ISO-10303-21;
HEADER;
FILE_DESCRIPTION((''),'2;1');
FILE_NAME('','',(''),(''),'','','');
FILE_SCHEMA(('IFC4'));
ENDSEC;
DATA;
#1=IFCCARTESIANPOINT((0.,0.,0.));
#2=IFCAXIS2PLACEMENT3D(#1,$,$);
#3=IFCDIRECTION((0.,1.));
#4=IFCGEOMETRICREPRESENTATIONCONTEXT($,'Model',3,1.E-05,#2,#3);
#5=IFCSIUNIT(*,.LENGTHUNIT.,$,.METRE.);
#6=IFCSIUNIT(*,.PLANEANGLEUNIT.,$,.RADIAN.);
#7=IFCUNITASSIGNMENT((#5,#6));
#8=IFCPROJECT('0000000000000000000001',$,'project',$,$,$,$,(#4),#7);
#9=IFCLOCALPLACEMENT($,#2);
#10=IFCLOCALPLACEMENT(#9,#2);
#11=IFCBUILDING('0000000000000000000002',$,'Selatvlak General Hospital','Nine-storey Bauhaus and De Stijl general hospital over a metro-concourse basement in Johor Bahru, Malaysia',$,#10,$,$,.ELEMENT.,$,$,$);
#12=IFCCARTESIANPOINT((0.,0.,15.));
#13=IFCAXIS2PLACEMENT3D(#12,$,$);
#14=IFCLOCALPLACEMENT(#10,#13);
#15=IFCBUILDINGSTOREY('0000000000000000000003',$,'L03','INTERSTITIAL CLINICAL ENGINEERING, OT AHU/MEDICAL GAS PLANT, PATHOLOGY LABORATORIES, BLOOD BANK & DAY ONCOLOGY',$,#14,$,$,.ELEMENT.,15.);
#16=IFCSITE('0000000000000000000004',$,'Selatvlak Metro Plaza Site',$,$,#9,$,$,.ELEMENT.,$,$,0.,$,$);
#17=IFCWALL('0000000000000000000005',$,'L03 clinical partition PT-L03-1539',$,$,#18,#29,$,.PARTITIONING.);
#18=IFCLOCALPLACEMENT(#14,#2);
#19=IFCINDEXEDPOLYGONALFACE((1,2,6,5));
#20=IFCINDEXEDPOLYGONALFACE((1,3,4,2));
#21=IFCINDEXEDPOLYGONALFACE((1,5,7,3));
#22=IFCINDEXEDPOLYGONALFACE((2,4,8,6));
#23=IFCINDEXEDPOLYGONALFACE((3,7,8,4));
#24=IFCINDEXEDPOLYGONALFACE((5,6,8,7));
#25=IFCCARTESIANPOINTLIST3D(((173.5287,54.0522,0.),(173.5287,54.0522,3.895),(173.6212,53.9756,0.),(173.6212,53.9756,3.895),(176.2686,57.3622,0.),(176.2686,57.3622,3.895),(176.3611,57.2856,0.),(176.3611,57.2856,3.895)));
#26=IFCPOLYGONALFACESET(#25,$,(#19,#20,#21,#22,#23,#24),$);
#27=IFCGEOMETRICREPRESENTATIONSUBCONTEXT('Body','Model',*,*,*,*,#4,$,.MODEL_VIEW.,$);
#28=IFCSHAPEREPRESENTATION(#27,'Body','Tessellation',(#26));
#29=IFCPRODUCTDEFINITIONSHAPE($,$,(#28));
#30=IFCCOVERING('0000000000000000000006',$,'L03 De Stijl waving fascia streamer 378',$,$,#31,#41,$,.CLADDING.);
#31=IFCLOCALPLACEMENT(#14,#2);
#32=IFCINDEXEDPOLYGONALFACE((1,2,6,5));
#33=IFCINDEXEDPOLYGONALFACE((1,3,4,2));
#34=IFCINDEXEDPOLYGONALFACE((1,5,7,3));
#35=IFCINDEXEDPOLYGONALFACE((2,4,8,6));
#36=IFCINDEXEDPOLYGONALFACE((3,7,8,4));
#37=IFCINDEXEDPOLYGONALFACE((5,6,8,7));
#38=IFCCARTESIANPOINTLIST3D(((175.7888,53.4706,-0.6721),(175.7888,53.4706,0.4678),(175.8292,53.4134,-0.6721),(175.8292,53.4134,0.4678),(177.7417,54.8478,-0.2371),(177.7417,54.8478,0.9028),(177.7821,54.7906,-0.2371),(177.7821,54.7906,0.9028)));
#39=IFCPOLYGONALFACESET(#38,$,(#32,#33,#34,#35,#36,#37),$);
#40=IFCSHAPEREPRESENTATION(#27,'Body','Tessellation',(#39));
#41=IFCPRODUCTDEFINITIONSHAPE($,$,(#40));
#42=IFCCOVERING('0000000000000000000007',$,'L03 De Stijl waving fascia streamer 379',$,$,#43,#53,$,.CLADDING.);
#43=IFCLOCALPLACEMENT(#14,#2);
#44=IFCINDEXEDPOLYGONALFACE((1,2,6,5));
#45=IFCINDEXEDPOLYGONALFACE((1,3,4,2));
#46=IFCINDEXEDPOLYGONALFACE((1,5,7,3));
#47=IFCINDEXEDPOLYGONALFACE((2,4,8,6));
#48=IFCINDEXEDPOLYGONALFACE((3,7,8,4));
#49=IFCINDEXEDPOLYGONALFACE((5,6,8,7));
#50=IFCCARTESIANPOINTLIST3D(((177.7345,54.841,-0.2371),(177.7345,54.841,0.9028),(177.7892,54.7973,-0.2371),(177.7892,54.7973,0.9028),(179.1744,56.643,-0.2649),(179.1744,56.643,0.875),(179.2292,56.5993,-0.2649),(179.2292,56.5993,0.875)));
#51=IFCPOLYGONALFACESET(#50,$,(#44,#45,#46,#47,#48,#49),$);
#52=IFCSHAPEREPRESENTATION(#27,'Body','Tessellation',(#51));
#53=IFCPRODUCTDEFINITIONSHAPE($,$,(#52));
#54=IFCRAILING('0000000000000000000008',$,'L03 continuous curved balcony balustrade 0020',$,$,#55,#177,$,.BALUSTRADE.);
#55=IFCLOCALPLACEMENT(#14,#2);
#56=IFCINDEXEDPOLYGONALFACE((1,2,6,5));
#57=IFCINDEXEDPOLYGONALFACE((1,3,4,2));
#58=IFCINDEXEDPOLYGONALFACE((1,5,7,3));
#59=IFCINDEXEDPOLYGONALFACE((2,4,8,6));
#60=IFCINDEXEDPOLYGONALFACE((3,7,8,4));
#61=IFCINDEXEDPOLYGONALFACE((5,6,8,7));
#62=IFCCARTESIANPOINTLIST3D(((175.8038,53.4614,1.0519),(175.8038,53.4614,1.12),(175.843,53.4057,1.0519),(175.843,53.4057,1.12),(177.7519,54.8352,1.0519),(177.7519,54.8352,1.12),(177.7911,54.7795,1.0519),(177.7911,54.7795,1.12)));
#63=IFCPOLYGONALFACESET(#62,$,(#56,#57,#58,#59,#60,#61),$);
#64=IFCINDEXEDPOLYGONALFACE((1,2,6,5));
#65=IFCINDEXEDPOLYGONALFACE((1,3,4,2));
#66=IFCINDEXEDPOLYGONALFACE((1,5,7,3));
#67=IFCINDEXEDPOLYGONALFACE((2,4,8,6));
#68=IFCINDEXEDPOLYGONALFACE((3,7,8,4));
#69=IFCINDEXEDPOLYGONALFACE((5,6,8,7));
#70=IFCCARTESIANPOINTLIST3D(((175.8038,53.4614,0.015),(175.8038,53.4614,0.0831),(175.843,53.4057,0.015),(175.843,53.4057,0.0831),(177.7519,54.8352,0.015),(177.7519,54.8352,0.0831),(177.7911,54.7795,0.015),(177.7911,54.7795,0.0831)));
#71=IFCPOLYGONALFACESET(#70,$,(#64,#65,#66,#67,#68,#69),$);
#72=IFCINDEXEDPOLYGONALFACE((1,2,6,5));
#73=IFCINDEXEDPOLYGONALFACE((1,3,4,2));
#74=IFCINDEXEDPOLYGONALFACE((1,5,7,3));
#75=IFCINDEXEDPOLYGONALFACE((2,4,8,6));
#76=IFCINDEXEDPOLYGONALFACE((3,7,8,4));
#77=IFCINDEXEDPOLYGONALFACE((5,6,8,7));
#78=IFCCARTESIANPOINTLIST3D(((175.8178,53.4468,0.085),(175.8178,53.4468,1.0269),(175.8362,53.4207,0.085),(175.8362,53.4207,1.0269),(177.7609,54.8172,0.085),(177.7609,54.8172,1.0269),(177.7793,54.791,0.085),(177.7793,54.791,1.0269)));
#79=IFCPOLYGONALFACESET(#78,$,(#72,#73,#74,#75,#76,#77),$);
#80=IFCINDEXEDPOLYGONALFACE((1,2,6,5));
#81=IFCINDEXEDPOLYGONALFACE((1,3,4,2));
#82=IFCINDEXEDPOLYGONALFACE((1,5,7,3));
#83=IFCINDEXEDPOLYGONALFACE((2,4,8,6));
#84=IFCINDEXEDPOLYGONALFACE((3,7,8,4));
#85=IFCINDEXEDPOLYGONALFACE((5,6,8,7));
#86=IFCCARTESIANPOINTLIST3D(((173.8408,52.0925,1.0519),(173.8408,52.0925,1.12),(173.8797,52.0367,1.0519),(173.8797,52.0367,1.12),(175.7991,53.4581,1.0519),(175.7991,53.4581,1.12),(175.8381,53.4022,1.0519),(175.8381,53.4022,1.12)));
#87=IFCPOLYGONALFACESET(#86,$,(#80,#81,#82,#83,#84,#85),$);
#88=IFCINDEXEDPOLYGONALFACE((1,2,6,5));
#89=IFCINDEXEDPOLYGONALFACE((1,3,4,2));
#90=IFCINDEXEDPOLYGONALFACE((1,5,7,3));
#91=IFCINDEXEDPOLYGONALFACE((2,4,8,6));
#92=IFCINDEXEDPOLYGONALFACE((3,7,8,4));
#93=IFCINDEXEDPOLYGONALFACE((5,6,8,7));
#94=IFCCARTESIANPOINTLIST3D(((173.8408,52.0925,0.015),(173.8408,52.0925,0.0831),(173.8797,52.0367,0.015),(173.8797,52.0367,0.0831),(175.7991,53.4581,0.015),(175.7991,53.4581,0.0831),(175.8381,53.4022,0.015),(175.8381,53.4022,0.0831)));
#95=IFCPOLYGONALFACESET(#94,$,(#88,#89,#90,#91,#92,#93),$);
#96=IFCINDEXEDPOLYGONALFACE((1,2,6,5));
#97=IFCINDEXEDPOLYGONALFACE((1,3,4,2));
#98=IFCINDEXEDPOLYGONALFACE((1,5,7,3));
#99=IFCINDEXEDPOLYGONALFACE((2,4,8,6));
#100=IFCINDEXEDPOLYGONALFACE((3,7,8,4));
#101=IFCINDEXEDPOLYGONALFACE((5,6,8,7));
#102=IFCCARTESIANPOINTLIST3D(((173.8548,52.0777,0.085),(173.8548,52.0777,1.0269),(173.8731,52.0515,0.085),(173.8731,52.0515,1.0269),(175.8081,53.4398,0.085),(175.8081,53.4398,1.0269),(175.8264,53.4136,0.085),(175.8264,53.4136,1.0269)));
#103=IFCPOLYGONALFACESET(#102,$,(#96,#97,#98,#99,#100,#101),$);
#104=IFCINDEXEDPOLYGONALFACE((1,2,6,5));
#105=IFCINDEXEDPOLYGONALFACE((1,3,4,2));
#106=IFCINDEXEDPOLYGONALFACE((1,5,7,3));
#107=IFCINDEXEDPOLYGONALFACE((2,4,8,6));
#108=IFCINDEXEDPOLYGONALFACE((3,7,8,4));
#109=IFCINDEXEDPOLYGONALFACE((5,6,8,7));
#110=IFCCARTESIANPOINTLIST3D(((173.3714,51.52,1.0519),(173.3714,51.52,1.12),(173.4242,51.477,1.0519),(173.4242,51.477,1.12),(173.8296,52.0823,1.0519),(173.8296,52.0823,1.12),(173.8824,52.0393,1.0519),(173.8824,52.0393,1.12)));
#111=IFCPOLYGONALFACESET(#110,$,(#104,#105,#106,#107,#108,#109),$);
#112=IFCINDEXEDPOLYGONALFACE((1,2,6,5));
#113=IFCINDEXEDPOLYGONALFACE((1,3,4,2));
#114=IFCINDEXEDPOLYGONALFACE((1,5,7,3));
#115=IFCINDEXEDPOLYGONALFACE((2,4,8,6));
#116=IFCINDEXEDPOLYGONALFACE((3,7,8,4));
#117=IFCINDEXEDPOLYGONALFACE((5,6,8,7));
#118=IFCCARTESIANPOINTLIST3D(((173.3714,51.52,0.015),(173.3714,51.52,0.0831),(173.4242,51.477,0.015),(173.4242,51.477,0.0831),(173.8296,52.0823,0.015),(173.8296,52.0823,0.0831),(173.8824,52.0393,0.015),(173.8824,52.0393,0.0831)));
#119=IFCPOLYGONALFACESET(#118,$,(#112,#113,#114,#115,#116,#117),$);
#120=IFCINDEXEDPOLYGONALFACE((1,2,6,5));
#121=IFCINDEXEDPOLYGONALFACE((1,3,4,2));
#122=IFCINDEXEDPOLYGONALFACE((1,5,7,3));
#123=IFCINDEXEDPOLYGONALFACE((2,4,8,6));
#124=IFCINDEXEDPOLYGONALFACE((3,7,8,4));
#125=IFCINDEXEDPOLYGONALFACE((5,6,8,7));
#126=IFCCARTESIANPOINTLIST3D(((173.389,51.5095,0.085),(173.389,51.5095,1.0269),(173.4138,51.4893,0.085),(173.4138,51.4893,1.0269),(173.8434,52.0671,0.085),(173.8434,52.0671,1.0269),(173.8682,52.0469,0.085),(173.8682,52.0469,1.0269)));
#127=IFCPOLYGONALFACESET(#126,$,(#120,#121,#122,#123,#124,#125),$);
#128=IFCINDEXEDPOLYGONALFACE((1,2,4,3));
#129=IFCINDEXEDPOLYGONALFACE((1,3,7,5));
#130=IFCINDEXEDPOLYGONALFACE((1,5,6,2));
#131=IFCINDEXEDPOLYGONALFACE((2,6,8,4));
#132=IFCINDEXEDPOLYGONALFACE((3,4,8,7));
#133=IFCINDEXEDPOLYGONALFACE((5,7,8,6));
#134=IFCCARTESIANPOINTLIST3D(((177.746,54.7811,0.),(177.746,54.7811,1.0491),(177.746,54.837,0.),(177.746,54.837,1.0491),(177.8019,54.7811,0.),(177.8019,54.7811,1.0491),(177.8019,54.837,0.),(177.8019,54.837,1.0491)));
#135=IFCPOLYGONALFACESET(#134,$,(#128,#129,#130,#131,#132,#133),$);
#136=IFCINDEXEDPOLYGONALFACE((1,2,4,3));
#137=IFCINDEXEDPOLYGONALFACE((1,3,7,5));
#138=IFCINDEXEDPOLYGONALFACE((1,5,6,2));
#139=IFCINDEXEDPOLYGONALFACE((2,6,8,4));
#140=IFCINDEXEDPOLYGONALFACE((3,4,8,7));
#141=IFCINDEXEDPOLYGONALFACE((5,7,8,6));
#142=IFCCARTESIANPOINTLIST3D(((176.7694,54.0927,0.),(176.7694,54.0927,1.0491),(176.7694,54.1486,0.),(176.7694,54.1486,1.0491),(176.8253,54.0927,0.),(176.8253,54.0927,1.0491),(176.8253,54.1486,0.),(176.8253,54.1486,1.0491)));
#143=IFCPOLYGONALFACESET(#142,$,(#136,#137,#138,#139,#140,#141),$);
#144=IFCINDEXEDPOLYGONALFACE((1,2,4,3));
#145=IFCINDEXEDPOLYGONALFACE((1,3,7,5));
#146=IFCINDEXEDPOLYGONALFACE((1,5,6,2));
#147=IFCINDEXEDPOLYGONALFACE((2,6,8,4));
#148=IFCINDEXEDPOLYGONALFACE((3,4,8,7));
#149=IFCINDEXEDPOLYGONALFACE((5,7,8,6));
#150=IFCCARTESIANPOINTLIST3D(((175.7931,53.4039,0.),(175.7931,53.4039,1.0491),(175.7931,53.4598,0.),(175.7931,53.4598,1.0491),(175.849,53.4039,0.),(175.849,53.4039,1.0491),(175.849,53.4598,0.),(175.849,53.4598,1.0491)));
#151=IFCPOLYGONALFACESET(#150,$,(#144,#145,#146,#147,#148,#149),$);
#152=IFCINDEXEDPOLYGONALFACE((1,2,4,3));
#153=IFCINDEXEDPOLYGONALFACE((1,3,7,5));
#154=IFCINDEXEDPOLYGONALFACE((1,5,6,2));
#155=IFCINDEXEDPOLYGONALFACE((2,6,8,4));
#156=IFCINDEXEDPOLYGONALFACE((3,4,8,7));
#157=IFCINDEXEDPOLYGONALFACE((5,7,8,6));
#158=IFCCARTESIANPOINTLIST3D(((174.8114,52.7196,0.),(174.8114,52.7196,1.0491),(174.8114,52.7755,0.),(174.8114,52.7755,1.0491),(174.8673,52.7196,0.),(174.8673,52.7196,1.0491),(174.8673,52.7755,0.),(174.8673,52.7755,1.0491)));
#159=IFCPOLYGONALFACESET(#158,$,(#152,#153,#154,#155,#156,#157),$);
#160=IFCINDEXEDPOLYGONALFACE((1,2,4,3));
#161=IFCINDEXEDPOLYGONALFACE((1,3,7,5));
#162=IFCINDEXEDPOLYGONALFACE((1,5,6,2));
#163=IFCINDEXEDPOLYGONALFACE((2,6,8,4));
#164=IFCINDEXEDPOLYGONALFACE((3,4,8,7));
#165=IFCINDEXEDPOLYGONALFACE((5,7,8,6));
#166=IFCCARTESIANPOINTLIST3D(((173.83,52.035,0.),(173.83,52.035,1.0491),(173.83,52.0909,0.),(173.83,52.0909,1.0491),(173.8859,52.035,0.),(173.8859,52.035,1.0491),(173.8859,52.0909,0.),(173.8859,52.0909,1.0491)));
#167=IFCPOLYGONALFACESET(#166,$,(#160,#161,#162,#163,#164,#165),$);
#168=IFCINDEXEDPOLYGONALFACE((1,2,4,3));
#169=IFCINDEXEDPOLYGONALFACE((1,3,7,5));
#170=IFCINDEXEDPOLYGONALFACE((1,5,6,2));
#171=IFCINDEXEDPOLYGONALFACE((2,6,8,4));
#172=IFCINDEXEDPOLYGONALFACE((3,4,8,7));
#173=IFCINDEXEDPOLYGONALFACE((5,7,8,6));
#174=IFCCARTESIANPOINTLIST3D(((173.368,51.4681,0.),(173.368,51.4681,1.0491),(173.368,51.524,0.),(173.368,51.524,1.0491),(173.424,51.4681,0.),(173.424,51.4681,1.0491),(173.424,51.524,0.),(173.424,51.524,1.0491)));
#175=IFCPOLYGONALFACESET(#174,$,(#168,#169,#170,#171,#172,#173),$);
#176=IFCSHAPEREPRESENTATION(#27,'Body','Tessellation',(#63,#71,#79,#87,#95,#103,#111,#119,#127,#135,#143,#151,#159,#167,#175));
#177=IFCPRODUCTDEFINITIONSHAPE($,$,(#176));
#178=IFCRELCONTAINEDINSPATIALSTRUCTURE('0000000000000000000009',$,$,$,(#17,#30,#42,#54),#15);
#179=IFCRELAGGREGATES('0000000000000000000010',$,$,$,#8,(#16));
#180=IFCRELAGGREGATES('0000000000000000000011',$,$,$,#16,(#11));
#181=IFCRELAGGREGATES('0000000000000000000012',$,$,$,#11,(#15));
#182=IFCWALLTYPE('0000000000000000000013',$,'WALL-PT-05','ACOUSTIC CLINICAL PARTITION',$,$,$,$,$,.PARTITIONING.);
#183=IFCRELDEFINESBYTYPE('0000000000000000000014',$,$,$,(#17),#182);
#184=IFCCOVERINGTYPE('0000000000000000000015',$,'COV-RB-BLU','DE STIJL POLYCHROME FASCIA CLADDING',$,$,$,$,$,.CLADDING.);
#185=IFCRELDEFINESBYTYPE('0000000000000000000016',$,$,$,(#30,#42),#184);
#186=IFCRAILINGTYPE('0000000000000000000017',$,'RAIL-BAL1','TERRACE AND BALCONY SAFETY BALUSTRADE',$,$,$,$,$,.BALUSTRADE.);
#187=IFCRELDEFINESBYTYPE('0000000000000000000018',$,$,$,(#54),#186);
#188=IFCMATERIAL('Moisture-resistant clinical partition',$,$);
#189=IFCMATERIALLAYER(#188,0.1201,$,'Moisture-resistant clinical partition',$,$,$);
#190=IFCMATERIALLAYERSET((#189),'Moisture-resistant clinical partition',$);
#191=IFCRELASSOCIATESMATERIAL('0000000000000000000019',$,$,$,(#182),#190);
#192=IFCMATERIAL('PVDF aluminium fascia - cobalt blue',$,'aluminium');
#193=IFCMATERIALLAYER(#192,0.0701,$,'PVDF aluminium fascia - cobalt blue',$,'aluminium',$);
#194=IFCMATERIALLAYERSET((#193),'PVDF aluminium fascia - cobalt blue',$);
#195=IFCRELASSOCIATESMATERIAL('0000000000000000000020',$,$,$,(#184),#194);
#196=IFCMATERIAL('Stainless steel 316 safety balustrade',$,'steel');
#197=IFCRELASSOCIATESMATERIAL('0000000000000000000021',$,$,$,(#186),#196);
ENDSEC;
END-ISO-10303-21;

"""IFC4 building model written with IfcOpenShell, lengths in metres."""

from ifc_helpers import new_model, si_unit, direction, frame, frame_2d, origin, origin_2d, place, context, subcontext, project, spatial, polyline, rectangle, outline, extrude, material, layer, layer_set, type_object, element, save


model = new_model("IFC4")

# Units and contexts
model_context = context("Model", 3, precision=1e-05, world=origin(), true_north=direction((0.0, 1.0)))
body_context = subcontext(model_context, "Body", "Model", "MODEL_VIEW")
ifc_project = project(units=[si_unit("LENGTHUNIT", "METRE"), si_unit("PLANEANGLEUNIT", "RADIAN")], contexts=[model_context])

# Site, building, storey
site_placement = place(None, origin())
site = spatial("IfcSite", under=ifc_project, at=site_placement, Name="Selatvlak Metro Plaza Site", CompositionType="ELEMENT", RefElevation=0.0)
building_placement = place(site_placement, origin())
building = spatial("IfcBuilding", under=site, at=building_placement, Name="Selatvlak General Hospital", Description="Nine-storey Bauhaus and De Stijl general hospital over a metro-concourse basement in Johor Bahru, Malaysia", CompositionType="ELEMENT")
storey_placement = place(building_placement, frame((0.0, 0.0, 15.0)))
storey = spatial("IfcBuildingStorey", under=building, at=storey_placement, Name="L03", Description="INTERSTITIAL CLINICAL ENGINEERING, OT AHU/MEDICAL GAS PLANT, PATHOLOGY LABORATORIES, BLOOD BANK & DAY ONCOLOGY", CompositionType="ELEMENT", Elevation=15.0)

# Wall
ifc_material_1 = material(Name="Moisture-resistant clinical partition")
ifc_layer_1 = layer(ifc_material_1, 0.1201, Name="Moisture-resistant clinical partition")
ifc_layer_set_1 = layer_set([ifc_layer_1], Name="Moisture-resistant clinical partition")
wall_type_1 = type_object("IfcWallType", Name="WALL-PT-05", Description="ACOUSTIC CLINICAL PARTITION", PredefinedType="PARTITIONING", material=ifc_layer_set_1)
wall_1_placement = place(storey_placement, frame((173.575, 54.0139, 0.0), z_axis=(0.0, 0.0, 1.0), x_axis=(0.637655, 0.770322, 0.0)))
element("IfcWall", 1, at=wall_1_placement, inside=storey, type_object=wall_type_1, Name="L03 clinical partition PT-L03-1539", PredefinedType="PARTITIONING", context=body_context, shape_type="SweptSolid", body=[
    extrude(rectangle(XDim=4.2969, YDim=0.1201, at=frame_2d((2.1484, 0.0))), origin(), (0.0, 0.0, 1.0), 3.895),
])

# Coverings
ifc_material_2 = material(Name="PVDF aluminium fascia - cobalt blue", Category="aluminium")
ifc_layer_2 = layer(ifc_material_2, 0.0701, Name="PVDF aluminium fascia - cobalt blue", Category="aluminium")
ifc_layer_set_2 = layer_set([ifc_layer_2], Name="PVDF aluminium fascia - cobalt blue")
covering_type = type_object("IfcCoveringType", Name="COV-RB-BLU", Description="DE STIJL POLYCHROME FASCIA CLADDING", PredefinedType="CLADDING", material=ifc_layer_set_2)
covering_1_placement = place(storey_placement, frame((175.8091, 53.4419, -0.6721), z_axis=(0.0, 0.0, 1.0), x_axis=(0.817225, 0.576318, 0.0)))
element("IfcCovering", 2, at=covering_1_placement, inside=storey, type_object=covering_type, Name="L03 De Stijl waving fascia streamer 378", PredefinedType="CLADDING", context=body_context, shape_type="SweptSolid", body=[
    extrude(outline(polyline([(0.0, 0.0), (2.3896, 0.4351), (2.3896, 1.575), (0.0, 1.1399), (0.0, 0.0)])), frame((0.0, 0.0352, 0.0), z_axis=(0.0, -1.0, 0.0), x_axis=(1.0, 0.0, 0.0)), (0.0, 0.0, 1.0), 0.0701),
])
covering_2_placement = place(storey_placement, frame((177.762, 54.8191, -0.2371), z_axis=(0.0, 0.0, 1.0), x_axis=(0.624256, 0.78122, 0.0)))
element("IfcCovering", 3, at=covering_2_placement, inside=storey, type_object=covering_type, Name="L03 De Stijl waving fascia streamer 379", PredefinedType="CLADDING", context=body_context, shape_type="SweptSolid", body=[
    extrude(outline(polyline([(0.0, 0.0), (2.3066, -0.0278), (2.3066, 1.1121), (0.0, 1.1399), (0.0, 0.0)])), frame((0.0, 0.0352, 0.0), z_axis=(0.0, -1.0, 0.0), x_axis=(1.0, 0.0, 0.0)), (0.0, 0.0, 1.0), 0.0701),
])

# Railing
ifc_material_3 = material(Name="Stainless steel 316 safety balustrade", Category="steel")
railing_type = type_object("IfcRailingType", Name="RAIL-BAL1", Description="TERRACE AND BALCONY SAFETY BALUSTRADE", PredefinedType="BALUSTRADE", material=ifc_material_3)
railing_placement = place(storey_placement, frame((177.7739, 54.8091, 0.0)))
element("IfcRailing", 4, at=railing_placement, inside=storey, type_object=railing_type, Name="L03 continuous curved balcony balustrade 0020", PredefinedType="BALUSTRADE", context=body_context, shape_type="SweptSolid", body=[
    extrude(rectangle(XDim=0.0681, YDim=0.0681, at=origin_2d()), frame((-0.0024, -0.0017, 1.0859), z_axis=(-0.817225, -0.576318, 0.0), x_axis=(0.576318, -0.817225, 0.0)), (0.0, 0.0, 1.0), 2.3838),
    extrude(rectangle(XDim=0.0681, YDim=0.0681, at=origin_2d()), frame((-0.0024, -0.0017, 0.0491), z_axis=(-0.817225, -0.576318, 0.0), x_axis=(0.576318, -0.817225, 0.0)), (0.0, 0.0, 1.0), 2.3838),
    extrude(outline(polyline([(0.0, 0.0), (2.3777, 0.0), (2.3777, 0.9419), (0.0, 0.9419), (0.0, 0.0)])), frame((0.0054, -0.0181, 0.085), z_axis=(-0.576318, 0.817225, 0.0), x_axis=(-0.817225, -0.576318, 0.0)), (0.0, 0.0, 1.0), 0.032),
    extrude(rectangle(XDim=0.0681, YDim=0.0681, at=origin_2d()), frame((-1.9553, -1.3789, 1.0859), z_axis=(-0.820271, -0.571976, 0.0), x_axis=(0.571976, -0.820271, 0.0)), (0.0, 0.0, 1.0), 2.3875),
    extrude(rectangle(XDim=0.0681, YDim=0.0681, at=origin_2d()), frame((-1.9553, -1.3789, 0.0491), z_axis=(-0.820271, -0.571976, 0.0), x_axis=(0.571976, -0.820271, 0.0)), (0.0, 0.0, 1.0), 2.3875),
    extrude(outline(polyline([(0.0, 0.0), (2.3813, 0.0), (2.3813, 0.9419), (0.0, 0.9419), (0.0, 0.0)])), frame((-1.9475, -1.3955, 0.085), z_axis=(-0.571976, 0.820271, 0.0), x_axis=(-0.820271, -0.571976, 0.0)), (0.0, 0.0, 1.0), 0.032),
    extrude(rectangle(XDim=0.0681, YDim=0.0681, at=origin_2d()), frame((-3.918, -2.7483, 1.0859), z_axis=(-0.631673, -0.775235, 0.0), x_axis=(0.775235, -0.631673, 0.0)), (0.0, 0.0, 1.0), 0.7253),
    extrude(rectangle(XDim=0.0681, YDim=0.0681, at=origin_2d()), frame((-3.918, -2.7483, 0.0491), z_axis=(-0.631673, -0.775235, 0.0), x_axis=(0.775235, -0.631673, 0.0)), (0.0, 0.0, 1.0), 0.7253),
    extrude(outline(polyline([(0.0, 0.0), (0.7192, 0.0), (0.7192, 0.9419), (0.0, 0.9419), (0.0, 0.0)])), frame((-3.9058, -2.7622, 0.085), z_axis=(-0.775235, 0.631673, 0.0), x_axis=(-0.631673, -0.775235, 0.0)), (0.0, 0.0, 1.0), 0.032),
    extrude(rectangle(XDim=0.0559, YDim=0.0559, at=origin_2d()), origin(), (0.0, 0.0, 1.0), 1.0491),
    extrude(rectangle(XDim=0.0559, YDim=0.0559, at=origin_2d()), frame((-0.9766, -0.6885, 0.0)), (0.0, 0.0, 1.0), 1.0491),
    extrude(rectangle(XDim=0.0559, YDim=0.0559, at=origin_2d()), frame((-1.9529, -1.3772, 0.0)), (0.0, 0.0, 1.0), 1.0491),
    extrude(rectangle(XDim=0.0559, YDim=0.0559, at=origin_2d()), frame((-2.9346, -2.0615, 0.0)), (0.0, 0.0, 1.0), 1.0491),
    extrude(rectangle(XDim=0.0559, YDim=0.0559, at=origin_2d()), frame((-3.916, -2.7461, 0.0)), (0.0, 0.0, 1.0), 1.0491),
    extrude(rectangle(XDim=0.0559, YDim=0.0559, at=origin_2d()), frame((-4.3779, -3.313, 0.0)), (0.0, 0.0, 1.0), 1.0491),
])

save(model, "model.ifc")
